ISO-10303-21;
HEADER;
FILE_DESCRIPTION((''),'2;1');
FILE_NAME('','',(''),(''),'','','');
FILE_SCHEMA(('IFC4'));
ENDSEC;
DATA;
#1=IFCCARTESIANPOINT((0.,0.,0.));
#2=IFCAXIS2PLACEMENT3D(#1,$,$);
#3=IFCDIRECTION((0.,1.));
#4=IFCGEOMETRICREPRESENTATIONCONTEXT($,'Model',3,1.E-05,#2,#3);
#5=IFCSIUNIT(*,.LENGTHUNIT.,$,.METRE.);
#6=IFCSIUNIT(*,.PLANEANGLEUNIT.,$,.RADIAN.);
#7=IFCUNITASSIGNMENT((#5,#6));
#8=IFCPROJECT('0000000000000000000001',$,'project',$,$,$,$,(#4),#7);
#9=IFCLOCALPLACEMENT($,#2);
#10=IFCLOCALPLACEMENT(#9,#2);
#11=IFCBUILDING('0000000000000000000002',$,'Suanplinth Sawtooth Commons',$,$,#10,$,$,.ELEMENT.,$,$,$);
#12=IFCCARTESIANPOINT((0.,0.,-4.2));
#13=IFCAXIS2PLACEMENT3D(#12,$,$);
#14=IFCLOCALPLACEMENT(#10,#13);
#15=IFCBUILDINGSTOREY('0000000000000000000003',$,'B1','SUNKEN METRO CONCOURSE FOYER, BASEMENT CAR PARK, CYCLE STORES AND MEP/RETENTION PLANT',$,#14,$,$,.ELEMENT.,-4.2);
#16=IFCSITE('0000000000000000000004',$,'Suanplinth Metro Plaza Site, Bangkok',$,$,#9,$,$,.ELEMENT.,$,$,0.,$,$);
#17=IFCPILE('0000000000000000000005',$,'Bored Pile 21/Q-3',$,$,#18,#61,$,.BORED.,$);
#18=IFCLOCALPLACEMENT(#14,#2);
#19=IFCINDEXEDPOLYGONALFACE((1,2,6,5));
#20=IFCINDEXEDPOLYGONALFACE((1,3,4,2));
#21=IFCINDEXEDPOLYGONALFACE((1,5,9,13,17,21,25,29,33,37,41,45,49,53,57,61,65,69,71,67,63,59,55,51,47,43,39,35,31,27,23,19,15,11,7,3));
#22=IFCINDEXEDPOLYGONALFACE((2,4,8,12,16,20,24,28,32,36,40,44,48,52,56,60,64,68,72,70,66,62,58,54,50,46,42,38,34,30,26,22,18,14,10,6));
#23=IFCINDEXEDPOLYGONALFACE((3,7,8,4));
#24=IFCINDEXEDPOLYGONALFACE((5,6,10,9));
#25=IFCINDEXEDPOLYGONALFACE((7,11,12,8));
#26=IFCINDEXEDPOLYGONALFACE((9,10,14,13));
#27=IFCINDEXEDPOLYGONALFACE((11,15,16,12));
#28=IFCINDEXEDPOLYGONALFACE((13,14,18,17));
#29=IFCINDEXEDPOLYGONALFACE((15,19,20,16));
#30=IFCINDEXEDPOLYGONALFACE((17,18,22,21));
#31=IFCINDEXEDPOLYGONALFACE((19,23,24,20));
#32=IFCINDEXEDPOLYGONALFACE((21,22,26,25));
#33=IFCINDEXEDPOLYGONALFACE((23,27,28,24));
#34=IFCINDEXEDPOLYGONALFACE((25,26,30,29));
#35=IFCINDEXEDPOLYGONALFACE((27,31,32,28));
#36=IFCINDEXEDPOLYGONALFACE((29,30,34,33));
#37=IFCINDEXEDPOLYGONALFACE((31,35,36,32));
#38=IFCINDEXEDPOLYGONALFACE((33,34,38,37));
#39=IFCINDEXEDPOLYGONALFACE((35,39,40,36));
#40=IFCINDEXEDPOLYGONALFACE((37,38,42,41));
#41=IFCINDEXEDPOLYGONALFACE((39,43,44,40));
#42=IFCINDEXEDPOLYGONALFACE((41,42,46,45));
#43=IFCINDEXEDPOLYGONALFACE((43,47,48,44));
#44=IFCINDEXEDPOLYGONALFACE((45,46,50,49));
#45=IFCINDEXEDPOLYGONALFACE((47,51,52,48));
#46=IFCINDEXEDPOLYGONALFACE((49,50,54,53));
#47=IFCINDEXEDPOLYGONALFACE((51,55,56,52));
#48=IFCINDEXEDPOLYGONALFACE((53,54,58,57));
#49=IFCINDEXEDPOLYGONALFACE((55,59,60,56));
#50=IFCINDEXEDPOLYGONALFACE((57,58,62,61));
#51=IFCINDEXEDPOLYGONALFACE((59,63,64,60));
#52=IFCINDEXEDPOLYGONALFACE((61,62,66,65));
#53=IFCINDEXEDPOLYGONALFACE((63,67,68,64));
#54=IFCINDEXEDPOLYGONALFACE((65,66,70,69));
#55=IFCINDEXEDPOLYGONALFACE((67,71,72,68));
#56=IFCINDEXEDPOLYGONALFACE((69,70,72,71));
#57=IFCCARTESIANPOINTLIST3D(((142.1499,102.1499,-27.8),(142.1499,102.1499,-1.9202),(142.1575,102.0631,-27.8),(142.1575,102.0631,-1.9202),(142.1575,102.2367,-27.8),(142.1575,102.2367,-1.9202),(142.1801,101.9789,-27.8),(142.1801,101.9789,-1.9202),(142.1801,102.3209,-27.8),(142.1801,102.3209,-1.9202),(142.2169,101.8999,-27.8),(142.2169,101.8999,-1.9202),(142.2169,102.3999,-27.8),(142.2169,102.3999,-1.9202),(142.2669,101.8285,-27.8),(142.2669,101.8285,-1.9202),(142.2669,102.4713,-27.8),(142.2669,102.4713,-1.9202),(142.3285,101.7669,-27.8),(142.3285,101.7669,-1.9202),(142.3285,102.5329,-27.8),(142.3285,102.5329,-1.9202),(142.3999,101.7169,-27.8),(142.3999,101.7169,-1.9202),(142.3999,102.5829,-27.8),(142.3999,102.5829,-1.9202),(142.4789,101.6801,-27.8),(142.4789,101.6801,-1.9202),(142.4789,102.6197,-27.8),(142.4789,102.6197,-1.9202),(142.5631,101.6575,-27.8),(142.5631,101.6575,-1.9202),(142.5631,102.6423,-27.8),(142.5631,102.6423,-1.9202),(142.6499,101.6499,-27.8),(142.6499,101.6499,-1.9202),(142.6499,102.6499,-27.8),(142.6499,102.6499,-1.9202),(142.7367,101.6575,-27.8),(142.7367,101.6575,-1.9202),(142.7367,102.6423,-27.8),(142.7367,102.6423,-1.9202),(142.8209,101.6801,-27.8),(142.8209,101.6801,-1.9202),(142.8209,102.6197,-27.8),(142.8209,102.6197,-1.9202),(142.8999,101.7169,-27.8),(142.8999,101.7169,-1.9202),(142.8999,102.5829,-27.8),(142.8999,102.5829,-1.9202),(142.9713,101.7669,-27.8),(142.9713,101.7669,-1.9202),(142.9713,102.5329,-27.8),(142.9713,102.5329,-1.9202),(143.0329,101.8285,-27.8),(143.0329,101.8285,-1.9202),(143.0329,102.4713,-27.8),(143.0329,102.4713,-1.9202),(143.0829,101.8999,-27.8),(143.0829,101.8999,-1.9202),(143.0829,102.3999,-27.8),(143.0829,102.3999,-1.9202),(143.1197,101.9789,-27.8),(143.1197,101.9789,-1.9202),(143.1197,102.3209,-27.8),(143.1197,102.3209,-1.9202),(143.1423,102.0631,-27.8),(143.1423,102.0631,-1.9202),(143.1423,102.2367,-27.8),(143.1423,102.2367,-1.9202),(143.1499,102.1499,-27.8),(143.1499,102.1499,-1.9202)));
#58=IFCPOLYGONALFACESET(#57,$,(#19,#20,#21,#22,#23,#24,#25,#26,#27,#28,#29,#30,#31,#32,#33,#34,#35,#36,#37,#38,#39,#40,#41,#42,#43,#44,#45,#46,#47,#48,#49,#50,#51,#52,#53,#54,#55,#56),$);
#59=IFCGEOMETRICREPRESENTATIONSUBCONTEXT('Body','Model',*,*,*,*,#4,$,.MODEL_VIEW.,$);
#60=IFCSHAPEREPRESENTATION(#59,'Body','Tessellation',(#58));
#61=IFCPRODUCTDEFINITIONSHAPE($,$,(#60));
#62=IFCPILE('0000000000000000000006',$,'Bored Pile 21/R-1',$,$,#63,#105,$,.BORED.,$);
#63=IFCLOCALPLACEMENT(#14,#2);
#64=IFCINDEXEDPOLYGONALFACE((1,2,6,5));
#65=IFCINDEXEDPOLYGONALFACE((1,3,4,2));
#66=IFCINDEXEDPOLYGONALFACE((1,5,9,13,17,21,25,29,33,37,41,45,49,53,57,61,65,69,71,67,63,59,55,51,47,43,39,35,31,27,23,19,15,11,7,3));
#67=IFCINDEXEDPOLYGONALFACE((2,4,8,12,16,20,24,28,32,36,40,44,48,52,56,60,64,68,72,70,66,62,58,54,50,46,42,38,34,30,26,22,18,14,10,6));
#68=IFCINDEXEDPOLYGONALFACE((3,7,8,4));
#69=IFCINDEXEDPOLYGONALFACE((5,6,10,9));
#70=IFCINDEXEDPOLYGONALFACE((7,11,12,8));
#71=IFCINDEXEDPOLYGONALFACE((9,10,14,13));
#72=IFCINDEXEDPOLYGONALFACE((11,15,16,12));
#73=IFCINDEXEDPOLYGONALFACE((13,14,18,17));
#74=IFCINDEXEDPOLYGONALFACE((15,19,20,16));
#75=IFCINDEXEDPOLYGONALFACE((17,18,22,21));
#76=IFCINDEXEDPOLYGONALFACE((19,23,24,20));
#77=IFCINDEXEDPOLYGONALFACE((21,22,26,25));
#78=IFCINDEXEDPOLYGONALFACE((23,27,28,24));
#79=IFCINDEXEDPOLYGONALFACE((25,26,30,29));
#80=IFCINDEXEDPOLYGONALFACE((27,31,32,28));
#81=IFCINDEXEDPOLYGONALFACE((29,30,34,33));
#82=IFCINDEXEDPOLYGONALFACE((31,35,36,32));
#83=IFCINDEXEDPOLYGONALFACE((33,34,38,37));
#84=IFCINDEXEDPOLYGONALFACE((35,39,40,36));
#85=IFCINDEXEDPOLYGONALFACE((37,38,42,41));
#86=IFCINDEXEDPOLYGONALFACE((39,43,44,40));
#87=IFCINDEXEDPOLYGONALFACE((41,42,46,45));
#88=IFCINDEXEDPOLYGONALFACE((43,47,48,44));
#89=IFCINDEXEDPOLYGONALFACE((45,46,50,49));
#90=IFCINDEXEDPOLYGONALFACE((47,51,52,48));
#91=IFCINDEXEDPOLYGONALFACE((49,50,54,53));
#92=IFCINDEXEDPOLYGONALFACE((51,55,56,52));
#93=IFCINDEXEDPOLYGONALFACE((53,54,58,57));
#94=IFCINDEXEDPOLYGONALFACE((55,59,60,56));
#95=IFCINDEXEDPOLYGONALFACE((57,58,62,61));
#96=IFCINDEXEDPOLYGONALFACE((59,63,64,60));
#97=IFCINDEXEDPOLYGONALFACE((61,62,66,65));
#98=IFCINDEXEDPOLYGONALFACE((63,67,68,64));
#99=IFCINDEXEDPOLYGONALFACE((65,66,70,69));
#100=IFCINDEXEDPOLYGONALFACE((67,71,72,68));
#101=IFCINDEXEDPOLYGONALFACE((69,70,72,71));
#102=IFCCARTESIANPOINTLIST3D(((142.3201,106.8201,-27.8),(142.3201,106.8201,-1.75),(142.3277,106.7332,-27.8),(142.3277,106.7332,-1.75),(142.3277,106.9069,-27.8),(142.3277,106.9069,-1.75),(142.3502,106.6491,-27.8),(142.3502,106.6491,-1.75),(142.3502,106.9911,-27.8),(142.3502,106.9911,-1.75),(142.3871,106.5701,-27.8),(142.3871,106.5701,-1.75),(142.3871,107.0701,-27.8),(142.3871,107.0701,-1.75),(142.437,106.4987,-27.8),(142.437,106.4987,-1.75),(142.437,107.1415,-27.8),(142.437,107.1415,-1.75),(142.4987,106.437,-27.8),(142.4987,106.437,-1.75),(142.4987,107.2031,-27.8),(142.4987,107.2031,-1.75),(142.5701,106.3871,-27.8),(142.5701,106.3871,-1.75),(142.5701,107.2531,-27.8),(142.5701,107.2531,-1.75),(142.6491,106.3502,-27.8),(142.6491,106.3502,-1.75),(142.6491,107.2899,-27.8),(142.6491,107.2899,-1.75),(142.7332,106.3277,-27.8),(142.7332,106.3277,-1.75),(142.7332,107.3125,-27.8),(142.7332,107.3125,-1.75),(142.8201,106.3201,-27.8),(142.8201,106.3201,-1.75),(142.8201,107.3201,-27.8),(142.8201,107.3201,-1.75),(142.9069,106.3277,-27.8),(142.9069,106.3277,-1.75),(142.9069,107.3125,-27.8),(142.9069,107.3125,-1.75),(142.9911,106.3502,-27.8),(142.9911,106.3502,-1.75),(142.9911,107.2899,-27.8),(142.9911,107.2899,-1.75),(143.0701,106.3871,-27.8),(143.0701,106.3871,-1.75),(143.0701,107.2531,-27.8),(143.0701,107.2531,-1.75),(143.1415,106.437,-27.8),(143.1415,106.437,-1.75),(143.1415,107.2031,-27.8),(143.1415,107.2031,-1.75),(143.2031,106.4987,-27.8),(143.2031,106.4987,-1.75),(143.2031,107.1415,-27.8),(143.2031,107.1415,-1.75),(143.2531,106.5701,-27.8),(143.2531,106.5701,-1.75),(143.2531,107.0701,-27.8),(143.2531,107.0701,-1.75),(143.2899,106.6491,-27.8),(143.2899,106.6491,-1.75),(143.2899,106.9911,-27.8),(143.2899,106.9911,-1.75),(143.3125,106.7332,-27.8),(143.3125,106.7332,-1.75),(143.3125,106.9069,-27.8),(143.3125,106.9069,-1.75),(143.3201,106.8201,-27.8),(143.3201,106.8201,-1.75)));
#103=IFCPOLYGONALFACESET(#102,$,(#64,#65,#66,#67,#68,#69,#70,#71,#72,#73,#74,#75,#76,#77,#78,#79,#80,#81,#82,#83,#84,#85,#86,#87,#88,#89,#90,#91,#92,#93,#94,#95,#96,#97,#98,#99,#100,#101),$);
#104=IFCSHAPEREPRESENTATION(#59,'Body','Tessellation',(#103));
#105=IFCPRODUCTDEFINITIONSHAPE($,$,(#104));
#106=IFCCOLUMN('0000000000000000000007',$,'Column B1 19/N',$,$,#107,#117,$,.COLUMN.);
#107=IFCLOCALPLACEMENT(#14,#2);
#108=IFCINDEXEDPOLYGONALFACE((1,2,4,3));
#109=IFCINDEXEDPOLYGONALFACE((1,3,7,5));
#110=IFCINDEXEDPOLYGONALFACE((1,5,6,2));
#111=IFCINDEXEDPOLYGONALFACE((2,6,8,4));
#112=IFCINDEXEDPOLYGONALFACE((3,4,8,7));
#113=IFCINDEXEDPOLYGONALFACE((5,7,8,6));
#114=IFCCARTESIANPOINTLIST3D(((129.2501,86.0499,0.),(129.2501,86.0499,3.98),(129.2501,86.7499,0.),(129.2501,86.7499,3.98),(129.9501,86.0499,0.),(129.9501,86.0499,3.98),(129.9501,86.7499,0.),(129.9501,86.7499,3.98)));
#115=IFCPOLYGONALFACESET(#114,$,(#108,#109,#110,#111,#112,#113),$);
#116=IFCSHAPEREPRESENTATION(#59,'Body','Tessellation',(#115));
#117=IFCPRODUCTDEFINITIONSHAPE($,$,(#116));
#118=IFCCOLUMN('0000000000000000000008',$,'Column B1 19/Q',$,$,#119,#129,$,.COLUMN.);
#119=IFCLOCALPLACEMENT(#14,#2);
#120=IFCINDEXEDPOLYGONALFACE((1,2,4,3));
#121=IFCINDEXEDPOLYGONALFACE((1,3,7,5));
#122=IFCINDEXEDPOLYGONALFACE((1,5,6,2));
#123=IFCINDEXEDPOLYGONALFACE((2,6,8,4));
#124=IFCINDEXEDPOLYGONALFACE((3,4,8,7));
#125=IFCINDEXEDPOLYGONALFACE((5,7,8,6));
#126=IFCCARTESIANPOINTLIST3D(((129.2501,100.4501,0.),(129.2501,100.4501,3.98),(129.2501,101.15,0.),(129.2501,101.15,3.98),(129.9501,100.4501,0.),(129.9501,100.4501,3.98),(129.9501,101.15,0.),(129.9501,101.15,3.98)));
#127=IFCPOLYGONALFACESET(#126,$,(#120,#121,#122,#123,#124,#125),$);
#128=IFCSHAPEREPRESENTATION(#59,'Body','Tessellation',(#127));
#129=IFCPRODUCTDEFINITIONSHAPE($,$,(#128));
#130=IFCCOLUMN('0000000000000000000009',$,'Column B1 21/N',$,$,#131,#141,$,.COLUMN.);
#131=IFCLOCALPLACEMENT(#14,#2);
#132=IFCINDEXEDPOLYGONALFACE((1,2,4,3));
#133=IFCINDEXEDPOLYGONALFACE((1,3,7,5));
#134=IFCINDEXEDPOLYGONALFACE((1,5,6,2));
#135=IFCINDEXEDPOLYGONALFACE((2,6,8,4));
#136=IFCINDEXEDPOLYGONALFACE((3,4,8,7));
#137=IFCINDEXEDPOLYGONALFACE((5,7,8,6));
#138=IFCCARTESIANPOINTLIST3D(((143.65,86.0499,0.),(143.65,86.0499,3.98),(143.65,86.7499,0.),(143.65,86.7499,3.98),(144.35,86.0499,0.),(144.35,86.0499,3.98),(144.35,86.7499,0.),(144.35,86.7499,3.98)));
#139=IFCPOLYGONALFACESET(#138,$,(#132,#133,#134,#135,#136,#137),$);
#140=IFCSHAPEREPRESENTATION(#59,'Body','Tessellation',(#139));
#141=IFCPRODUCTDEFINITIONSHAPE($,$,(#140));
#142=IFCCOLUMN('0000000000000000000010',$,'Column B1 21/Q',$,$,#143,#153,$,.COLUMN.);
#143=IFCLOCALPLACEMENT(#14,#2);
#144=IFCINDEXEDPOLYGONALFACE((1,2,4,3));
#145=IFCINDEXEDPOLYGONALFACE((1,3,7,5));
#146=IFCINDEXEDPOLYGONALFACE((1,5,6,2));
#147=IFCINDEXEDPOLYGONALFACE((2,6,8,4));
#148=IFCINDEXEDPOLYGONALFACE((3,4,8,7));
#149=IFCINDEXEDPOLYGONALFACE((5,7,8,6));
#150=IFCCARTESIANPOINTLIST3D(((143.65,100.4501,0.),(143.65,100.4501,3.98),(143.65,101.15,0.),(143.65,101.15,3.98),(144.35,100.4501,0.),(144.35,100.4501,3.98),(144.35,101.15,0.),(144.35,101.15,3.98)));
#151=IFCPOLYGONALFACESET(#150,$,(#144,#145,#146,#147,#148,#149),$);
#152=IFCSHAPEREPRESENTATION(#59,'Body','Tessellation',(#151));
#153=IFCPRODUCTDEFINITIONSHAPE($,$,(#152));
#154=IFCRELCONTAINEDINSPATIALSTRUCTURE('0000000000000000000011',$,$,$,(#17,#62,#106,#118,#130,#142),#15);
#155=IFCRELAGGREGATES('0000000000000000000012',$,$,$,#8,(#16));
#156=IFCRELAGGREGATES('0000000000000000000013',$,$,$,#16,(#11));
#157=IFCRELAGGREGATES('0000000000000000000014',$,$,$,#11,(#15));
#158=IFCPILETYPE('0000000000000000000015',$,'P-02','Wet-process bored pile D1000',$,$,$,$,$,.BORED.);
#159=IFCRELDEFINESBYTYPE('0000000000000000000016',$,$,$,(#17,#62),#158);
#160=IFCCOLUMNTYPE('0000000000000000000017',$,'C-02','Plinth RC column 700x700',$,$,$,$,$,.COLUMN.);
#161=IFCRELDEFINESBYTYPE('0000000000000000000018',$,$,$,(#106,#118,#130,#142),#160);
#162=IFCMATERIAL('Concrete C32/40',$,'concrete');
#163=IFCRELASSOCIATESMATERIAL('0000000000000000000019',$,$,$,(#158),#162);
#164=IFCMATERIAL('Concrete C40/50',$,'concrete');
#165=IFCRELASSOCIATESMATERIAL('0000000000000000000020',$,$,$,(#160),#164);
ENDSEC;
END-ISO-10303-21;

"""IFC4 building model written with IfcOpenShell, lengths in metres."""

from ifc_helpers import new_model, si_unit, direction, frame, origin, origin_2d, place, context, subcontext, project, spatial, rectangle, circle, extrude, material, material_profile, profile_set, type_object, element, save


model = new_model("IFC4")

# Units and contexts
model_context = context("Model", 3, precision=1e-05, world=origin(), true_north=direction((0.0, 1.0)))
body_context = subcontext(model_context, "Body", "Model", "MODEL_VIEW")
ifc_project = project(units=[si_unit("LENGTHUNIT", "METRE"), si_unit("PLANEANGLEUNIT", "RADIAN")], contexts=[model_context])

# Site, building, storey
site_placement = place(None, origin())
site = spatial("IfcSite", under=ifc_project, at=site_placement, Name="Suanplinth Metro Plaza Site, Bangkok", CompositionType="ELEMENT", RefElevation=0.0)
building_placement = place(site_placement, origin())
building = spatial("IfcBuilding", under=site, at=building_placement, Name="Suanplinth Sawtooth Commons", CompositionType="ELEMENT")
storey_placement = place(building_placement, frame((0.0, 0.0, -4.2)))
storey = spatial("IfcBuildingStorey", under=building, at=storey_placement, Name="B1", Description="SUNKEN METRO CONCOURSE FOYER, BASEMENT CAR PARK, CYCLE STORES AND MEP/RETENTION PLANT", CompositionType="ELEMENT", Elevation=-4.2)

# Piles
ifc_material_1 = material(Name="Concrete C32/40", Category="concrete")
ifc_material_profile_1 = material_profile(ifc_material_1, circle(Radius=0.5, at=origin_2d()), Name="PILE D1000")
ifc_profile_set_1 = profile_set([ifc_material_profile_1], Name="Concrete C32/40")
pile_type = type_object("IfcPileType", Name="P-02", Description="Wet-process bored pile D1000", PredefinedType="BORED", material=ifc_profile_set_1)
for number, where, z_axis, x_axis, name in (
    (1, (142.6499, 102.1499, -1.9202), (0.0, 0.0, -1.0), (1.0, 0.0, 0.0), "Bored Pile 21/Q-3"),
):
    element("IfcPile", number, at=place(storey_placement, frame(where, z_axis=z_axis, x_axis=x_axis)), inside=storey, type_object=pile_type, Name=name, PredefinedType="BORED", context=body_context, shape_type="SweptSolid", body=[
        extrude(circle(Radius=0.5, at=origin_2d()), origin(), (0.0, 0.0, 1.0), 25.8799),
    ])
pile_1_placement = place(storey_placement, frame((142.8201, 106.8201, -1.75), z_axis=(0.0, 0.0, -1.0), x_axis=(1.0, 0.0, 0.0)))
element("IfcPile", 2, at=pile_1_placement, inside=storey, type_object=pile_type, Name="Bored Pile 21/R-1", PredefinedType="BORED", context=body_context, shape_type="SweptSolid", body=[
    extrude(circle(Radius=0.5, at=origin_2d()), origin(), (0.0, 0.0, 1.0), 26.05),
])

# Columns
ifc_material_2 = material(Name="Concrete C40/50", Category="concrete")
ifc_material_profile_2 = material_profile(ifc_material_2, rectangle(XDim=0.7, YDim=0.7, at=origin_2d()), Name="RC-COL 700x700")
ifc_profile_set_2 = profile_set([ifc_material_profile_2], Name="Concrete C40/50")
column_type = type_object("IfcColumnType", Name="C-02", Description="Plinth RC column 700x700", PredefinedType="COLUMN", material=ifc_profile_set_2)
for number, where, z_axis, x_axis, name in (
    (3, (129.6001, 86.3999, 0.0), (0.0, 0.0, 1.0), (1.0, 0.0, 0.0), "Column B1 19/N"),
    (4, (129.6001, 100.8, 0.0), (0.0, 0.0, 1.0), (1.0, 0.0, 0.0), "Column B1 19/Q"),
    (5, (144.0, 86.3999, 0.0), (0.0, 0.0, 1.0), (1.0, 0.0, 0.0), "Column B1 21/N"),
    (6, (144.0, 100.8, 0.0), (0.0, 0.0, 1.0), (1.0, 0.0, 0.0), "Column B1 21/Q"),
):
    element("IfcColumn", number, at=place(storey_placement, frame(where, z_axis=z_axis, x_axis=x_axis)), inside=storey, type_object=column_type, Name=name, PredefinedType="COLUMN", context=body_context, shape_type="SweptSolid", body=[
        extrude(rectangle(XDim=0.7, YDim=0.7, at=origin_2d()), origin(), (0.0, 0.0, 1.0), 3.98),
    ])

save(model, "model.ifc")
